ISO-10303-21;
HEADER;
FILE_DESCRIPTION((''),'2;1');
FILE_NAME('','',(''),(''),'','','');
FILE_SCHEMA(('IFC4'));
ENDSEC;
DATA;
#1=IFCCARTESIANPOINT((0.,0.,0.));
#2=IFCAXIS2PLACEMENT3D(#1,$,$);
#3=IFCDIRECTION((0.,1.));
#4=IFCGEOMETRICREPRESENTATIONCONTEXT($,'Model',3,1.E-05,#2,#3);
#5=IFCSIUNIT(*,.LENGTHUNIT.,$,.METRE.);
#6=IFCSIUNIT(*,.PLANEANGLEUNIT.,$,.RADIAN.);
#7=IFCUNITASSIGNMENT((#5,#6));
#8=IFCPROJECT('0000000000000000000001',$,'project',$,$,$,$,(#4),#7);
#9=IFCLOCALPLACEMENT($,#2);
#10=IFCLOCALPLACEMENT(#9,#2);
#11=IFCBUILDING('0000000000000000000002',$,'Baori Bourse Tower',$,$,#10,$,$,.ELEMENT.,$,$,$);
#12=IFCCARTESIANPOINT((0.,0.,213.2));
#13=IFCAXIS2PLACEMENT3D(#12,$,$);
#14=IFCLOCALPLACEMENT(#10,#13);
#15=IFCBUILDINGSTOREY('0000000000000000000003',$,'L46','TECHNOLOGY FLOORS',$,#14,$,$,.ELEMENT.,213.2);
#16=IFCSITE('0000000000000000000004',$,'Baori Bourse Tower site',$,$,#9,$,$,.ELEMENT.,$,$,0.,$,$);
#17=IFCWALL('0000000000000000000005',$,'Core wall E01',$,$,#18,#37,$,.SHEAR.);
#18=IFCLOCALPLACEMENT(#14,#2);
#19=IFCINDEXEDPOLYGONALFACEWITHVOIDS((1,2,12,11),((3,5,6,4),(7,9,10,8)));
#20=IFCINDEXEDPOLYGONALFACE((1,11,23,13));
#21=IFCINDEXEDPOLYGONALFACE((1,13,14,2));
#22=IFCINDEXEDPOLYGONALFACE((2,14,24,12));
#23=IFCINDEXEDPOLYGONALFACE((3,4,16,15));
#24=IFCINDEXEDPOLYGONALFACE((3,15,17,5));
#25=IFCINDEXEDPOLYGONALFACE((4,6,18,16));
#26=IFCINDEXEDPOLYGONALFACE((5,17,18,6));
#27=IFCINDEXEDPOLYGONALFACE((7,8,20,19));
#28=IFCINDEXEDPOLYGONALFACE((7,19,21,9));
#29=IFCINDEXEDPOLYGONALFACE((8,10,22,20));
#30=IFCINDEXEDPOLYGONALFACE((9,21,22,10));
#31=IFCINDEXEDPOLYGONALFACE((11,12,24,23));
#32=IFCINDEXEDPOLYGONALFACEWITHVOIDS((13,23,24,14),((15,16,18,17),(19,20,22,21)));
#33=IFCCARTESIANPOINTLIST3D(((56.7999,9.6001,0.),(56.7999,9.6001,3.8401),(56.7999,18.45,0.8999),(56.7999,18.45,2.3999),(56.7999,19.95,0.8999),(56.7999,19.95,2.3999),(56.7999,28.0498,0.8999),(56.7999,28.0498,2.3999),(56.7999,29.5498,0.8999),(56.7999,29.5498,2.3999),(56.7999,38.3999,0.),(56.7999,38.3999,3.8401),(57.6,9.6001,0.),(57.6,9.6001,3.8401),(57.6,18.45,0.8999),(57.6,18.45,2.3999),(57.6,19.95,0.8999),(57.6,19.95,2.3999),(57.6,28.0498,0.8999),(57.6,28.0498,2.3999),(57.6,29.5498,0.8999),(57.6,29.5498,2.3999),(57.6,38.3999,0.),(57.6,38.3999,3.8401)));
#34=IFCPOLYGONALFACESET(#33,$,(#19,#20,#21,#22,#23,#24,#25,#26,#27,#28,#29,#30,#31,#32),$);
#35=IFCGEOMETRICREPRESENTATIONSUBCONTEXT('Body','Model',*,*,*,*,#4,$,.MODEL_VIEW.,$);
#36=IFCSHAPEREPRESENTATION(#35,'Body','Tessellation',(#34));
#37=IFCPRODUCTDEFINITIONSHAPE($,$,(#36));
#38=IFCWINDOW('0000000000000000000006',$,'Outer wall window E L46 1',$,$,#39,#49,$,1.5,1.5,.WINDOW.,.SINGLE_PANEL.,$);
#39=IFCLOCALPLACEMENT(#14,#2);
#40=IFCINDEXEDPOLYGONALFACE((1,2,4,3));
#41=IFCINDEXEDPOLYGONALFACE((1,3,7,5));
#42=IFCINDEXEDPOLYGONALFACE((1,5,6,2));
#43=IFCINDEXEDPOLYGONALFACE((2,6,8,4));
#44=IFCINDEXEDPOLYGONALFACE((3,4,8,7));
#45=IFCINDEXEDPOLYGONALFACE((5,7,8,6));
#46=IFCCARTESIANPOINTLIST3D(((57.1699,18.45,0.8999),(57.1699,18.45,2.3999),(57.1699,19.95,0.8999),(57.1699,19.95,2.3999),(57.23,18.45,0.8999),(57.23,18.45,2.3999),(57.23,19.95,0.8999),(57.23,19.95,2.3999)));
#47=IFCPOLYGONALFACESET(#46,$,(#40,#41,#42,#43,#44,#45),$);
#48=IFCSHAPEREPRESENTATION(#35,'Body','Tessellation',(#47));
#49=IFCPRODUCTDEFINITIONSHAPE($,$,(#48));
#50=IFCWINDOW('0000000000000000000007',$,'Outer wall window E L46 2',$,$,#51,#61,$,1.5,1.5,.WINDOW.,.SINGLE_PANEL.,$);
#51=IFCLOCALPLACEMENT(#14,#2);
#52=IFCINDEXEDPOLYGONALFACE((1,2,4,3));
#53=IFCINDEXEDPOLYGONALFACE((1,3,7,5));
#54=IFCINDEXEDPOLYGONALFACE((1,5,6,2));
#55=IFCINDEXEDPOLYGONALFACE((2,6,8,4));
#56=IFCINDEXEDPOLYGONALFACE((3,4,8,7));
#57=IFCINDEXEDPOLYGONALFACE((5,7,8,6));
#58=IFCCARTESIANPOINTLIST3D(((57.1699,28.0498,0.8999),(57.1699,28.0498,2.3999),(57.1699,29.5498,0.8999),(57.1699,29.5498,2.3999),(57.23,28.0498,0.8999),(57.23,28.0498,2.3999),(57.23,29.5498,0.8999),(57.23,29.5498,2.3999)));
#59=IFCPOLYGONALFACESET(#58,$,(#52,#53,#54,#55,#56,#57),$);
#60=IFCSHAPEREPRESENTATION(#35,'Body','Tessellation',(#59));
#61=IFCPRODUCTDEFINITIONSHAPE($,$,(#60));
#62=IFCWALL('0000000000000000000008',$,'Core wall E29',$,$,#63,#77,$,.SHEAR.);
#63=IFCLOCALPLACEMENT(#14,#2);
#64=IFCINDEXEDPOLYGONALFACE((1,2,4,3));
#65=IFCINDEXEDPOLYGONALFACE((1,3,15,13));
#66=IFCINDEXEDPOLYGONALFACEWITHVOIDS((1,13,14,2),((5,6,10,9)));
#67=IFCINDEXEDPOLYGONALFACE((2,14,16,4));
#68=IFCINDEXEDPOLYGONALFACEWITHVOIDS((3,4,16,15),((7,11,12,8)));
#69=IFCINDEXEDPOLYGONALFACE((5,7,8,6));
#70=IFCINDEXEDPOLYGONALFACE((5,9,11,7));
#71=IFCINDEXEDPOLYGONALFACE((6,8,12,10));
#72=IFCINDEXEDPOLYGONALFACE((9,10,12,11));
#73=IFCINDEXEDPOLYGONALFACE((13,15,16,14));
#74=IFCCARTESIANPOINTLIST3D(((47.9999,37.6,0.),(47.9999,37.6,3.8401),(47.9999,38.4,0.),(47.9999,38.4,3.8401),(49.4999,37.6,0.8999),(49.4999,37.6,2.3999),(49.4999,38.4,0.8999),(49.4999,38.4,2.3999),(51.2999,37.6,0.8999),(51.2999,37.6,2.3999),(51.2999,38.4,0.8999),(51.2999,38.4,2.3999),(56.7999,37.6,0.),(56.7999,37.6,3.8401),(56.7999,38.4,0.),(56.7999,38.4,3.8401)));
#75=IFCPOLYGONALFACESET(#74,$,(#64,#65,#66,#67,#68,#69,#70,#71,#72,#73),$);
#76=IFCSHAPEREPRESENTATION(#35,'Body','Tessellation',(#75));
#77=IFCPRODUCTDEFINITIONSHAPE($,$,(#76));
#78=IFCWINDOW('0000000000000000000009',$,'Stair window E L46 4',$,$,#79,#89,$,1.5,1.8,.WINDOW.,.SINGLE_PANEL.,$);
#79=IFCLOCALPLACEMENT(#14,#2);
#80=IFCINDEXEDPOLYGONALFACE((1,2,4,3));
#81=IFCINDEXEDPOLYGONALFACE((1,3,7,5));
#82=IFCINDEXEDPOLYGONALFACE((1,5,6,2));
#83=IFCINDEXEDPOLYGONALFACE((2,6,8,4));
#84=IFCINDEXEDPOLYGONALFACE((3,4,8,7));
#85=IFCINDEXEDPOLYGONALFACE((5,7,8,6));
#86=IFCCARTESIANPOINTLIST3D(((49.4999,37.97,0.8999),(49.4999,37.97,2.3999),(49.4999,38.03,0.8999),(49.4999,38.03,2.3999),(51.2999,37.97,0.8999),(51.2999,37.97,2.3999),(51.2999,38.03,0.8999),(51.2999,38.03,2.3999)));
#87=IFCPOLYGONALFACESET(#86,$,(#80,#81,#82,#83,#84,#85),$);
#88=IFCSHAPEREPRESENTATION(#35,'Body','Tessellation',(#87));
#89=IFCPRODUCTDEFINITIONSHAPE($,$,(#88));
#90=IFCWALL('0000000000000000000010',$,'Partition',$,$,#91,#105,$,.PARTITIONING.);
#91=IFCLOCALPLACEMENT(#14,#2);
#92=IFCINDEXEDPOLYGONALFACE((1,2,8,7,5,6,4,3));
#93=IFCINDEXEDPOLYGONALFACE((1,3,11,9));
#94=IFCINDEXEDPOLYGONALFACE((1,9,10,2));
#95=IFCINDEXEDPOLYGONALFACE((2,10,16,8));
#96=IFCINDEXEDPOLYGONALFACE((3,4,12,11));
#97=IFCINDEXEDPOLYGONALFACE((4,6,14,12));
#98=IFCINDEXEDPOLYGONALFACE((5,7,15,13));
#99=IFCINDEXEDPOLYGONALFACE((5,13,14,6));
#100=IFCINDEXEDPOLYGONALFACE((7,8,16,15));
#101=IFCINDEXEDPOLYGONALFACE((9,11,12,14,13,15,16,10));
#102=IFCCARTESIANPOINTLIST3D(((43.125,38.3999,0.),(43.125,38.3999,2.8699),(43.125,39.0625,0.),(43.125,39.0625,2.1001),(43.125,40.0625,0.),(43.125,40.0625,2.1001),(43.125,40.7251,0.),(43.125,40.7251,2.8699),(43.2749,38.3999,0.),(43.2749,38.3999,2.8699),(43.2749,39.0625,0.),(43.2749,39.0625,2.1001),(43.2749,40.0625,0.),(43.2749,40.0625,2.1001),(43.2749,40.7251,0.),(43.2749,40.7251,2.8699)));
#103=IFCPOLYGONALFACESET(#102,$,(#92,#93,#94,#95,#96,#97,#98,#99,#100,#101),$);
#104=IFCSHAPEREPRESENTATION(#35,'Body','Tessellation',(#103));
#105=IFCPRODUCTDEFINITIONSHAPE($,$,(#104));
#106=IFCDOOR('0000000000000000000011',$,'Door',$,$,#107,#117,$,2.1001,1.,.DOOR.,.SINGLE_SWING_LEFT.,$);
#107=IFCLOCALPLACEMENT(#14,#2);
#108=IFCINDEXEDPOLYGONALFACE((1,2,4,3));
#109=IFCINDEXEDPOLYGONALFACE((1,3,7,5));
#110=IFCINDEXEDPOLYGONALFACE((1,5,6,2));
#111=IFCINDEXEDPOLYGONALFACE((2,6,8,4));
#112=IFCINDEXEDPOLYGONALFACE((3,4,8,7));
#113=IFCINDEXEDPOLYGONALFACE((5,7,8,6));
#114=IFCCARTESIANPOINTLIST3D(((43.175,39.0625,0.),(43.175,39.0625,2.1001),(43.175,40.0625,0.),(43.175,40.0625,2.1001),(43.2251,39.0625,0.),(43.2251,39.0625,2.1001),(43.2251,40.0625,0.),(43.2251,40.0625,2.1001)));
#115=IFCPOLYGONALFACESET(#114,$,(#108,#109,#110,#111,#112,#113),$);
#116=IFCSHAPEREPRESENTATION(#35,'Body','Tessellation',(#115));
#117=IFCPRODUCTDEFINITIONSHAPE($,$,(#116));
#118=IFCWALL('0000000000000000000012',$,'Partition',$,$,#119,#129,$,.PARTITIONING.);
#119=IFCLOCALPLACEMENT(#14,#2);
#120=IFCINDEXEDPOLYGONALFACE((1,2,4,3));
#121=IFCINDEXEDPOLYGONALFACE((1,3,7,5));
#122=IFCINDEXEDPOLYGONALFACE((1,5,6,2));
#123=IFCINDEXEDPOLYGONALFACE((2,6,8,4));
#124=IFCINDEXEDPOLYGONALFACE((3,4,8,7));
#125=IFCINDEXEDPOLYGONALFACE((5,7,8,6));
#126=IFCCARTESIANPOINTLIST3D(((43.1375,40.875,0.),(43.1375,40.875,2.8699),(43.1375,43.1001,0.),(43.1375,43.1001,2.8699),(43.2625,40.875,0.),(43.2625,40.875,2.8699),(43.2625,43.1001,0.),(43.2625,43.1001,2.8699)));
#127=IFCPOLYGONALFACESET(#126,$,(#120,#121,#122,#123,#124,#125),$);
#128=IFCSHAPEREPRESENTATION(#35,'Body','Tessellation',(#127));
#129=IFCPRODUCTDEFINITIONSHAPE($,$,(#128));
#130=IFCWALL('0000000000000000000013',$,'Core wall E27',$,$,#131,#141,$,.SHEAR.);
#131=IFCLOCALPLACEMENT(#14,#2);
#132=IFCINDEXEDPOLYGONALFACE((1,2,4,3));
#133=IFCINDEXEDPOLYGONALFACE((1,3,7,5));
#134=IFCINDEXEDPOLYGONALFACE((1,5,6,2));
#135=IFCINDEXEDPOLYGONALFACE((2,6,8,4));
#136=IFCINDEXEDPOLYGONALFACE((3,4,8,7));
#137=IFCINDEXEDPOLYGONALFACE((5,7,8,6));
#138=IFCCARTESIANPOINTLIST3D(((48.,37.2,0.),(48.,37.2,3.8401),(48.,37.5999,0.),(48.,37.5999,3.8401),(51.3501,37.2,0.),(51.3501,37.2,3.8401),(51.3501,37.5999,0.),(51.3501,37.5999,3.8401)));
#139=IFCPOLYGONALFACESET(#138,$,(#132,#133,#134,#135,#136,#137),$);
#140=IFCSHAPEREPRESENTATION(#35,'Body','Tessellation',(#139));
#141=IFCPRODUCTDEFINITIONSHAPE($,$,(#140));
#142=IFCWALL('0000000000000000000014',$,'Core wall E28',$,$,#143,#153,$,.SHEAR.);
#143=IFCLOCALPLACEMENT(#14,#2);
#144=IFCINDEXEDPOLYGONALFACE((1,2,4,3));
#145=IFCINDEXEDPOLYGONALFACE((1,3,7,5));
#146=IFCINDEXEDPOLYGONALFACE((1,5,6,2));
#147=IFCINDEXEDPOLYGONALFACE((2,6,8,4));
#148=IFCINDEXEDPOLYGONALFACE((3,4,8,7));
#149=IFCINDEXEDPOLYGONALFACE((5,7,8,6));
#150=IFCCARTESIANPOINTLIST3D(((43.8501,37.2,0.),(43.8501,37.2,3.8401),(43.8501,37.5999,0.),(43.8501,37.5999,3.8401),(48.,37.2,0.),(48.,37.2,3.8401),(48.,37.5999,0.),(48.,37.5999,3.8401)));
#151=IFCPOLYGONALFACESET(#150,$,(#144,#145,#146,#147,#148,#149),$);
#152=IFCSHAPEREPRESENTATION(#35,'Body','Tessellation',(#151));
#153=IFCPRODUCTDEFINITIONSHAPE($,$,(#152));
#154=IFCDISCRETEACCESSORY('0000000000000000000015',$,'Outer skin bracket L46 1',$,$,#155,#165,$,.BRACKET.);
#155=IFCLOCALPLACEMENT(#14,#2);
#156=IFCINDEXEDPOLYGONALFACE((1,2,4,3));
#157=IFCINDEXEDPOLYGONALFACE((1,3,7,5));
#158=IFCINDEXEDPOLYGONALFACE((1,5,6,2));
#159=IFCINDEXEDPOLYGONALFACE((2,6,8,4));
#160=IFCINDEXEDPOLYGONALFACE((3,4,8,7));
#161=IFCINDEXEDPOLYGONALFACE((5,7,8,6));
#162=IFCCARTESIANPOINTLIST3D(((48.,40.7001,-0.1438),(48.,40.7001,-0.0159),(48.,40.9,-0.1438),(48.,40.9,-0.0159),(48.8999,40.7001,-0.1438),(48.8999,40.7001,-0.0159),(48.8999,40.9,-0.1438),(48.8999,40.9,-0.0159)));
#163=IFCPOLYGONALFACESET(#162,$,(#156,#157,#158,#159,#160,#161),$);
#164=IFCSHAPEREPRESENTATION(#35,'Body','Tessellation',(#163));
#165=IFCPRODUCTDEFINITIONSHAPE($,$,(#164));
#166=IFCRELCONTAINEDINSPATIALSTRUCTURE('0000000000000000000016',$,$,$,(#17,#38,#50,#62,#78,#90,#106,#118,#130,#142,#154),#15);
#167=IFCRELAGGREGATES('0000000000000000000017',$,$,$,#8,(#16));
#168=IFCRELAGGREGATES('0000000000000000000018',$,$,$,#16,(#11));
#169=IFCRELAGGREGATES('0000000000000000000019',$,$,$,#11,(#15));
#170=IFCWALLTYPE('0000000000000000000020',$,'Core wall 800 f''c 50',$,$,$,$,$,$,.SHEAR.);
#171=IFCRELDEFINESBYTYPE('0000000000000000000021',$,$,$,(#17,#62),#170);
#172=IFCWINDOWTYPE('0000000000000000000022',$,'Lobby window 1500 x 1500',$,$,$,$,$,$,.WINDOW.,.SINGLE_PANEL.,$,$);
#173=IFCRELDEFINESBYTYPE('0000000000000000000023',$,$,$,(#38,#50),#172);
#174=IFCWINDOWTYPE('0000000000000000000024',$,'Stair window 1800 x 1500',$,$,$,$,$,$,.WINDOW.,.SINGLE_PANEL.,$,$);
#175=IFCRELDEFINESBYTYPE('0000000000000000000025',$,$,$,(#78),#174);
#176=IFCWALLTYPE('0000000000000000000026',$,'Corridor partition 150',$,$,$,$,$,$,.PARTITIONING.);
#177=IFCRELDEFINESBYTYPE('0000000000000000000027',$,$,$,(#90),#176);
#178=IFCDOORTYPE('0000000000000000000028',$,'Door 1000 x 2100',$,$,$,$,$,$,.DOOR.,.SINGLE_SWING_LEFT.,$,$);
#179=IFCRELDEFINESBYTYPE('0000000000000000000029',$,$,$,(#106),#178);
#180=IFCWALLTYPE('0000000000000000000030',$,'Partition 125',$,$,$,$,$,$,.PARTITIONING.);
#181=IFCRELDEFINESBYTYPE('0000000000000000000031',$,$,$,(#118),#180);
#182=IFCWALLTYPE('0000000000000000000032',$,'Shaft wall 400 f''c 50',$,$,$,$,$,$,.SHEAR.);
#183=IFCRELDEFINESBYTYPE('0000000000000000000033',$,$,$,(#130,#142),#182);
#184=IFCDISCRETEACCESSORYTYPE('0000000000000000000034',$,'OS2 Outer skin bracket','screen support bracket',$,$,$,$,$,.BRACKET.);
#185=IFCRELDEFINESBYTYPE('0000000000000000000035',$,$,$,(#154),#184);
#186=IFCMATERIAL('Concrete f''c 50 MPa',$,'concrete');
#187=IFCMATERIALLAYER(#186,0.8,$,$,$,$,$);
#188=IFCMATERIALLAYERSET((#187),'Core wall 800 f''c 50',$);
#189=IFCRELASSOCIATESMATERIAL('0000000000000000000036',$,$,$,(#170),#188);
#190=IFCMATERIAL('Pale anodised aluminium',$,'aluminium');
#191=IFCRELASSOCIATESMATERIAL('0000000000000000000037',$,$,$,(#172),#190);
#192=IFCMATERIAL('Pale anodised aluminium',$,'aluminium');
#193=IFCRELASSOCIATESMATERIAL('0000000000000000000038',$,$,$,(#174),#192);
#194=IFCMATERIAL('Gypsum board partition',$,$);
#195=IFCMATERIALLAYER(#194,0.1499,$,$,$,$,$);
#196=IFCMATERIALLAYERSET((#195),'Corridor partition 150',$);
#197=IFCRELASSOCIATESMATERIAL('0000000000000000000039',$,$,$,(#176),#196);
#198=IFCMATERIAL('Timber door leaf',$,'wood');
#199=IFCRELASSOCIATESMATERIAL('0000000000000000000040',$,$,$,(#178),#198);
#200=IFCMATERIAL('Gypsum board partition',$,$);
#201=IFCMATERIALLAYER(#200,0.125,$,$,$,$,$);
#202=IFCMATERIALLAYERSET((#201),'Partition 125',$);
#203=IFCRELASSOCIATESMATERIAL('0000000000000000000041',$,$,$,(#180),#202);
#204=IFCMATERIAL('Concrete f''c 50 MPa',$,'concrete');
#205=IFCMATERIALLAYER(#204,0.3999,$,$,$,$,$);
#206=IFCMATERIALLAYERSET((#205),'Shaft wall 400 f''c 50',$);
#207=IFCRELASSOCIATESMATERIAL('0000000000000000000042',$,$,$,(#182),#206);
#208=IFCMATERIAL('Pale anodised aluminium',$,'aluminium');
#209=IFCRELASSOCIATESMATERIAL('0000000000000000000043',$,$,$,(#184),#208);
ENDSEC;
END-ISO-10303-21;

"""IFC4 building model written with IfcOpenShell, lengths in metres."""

from ifc_helpers import new_model, si_unit, direction, frame, frame_2d, origin, origin_2d, place, context, subcontext, project, spatial, rectangle, extrude, material, layer, layer_set, type_object, element, fill, save


model = new_model("IFC4")

# Units and contexts
model_context = context("Model", 3, precision=1e-05, world=origin(), true_north=direction((0.0, 1.0)))
body_context = subcontext(model_context, "Body", "Model", "MODEL_VIEW")
ifc_project = project(units=[si_unit("LENGTHUNIT", "METRE"), si_unit("PLANEANGLEUNIT", "RADIAN")], contexts=[model_context])

# Site, building, storey
site_placement = place(None, origin())
site = spatial("IfcSite", under=ifc_project, at=site_placement, Name="Baori Bourse Tower site", CompositionType="ELEMENT", RefElevation=0.0)
building_placement = place(site_placement, origin())
building = spatial("IfcBuilding", under=site, at=building_placement, Name="Baori Bourse Tower", CompositionType="ELEMENT")
storey_placement = place(building_placement, frame((0.0, 0.0, 213.2)))
storey = spatial("IfcBuildingStorey", under=building, at=storey_placement, Name="L46", Description="TECHNOLOGY FLOORS", CompositionType="ELEMENT", Elevation=213.2)

# Wall, openings, windows
ifc_material_1 = material(Name="Concrete f'c 50 MPa", Category="concrete")
ifc_layer_1 = layer(ifc_material_1, 0.8)
ifc_layer_set_1 = layer_set([ifc_layer_1], Name="Core wall 800 f'c 50")
wall_type_1 = type_object("IfcWallType", Name="Core wall 800 f'c 50", PredefinedType="SHEAR", material=ifc_layer_set_1)
wall_1_placement = place(storey_placement, frame((57.2, 38.3999, 0.0), z_axis=(0.0, 0.0, 1.0), x_axis=(0.0, -1.0, 0.0)))
wall_1 = element("IfcWall", 1, at=wall_1_placement, inside=storey, type_object=wall_type_1, Name="Core wall E01", PredefinedType="SHEAR", context=body_context, shape_type="SweptSolid", body=[
    extrude(rectangle(XDim=28.7998, YDim=0.8, at=frame_2d((14.3999, 0.0))), origin(), (0.0, 0.0, 1.0), 3.8401),
])
opening_1_placement = place(wall_1_placement, frame((18.45, 0.0, 0.8999)))
opening_1 = element("IfcOpeningElement", 2, at=opening_1_placement, cuts=wall_1, PredefinedType="OPENING", context=body_context, shape_type="SweptSolid", body=[
    extrude(rectangle(XDim=1.5, YDim=1.5, at=frame_2d((0.75, 0.75))), frame((0.0, 0.4099, 0.0), z_axis=(0.0, -1.0, 0.0), x_axis=(1.0, 0.0, 0.0)), (0.0, 0.0, 1.0), 0.8201),
])
opening_2_placement = place(wall_1_placement, frame((8.8501, 0.0, 0.8999)))
opening_2 = element("IfcOpeningElement", 3, at=opening_2_placement, cuts=wall_1, PredefinedType="OPENING", context=body_context, shape_type="SweptSolid", body=[
    extrude(rectangle(XDim=1.5, YDim=1.5, at=frame_2d((0.75, 0.75))), frame((0.0, 0.4099, 0.0), z_axis=(0.0, -1.0, 0.0), x_axis=(1.0, 0.0, 0.0)), (0.0, 0.0, 1.0), 0.8201),
])
ifc_material_2 = material(Name="Pale anodised aluminium", Category="aluminium")
window_type_1 = type_object("IfcWindowType", Name="Lobby window 1500 x 1500", PartitioningType="SINGLE_PANEL", PredefinedType="WINDOW", material=ifc_material_2)
window_1_placement = place(opening_1_placement, origin())
window_1 = element("IfcWindow", 4, at=window_1_placement, inside=storey, type_object=window_type_1, Name="Outer wall window E L46 1", OverallHeight=1.5, OverallWidth=1.5, PartitioningType="SINGLE_PANEL", PredefinedType="WINDOW", context=body_context, shape_type="SweptSolid", body=[
    extrude(rectangle(XDim=1.5, YDim=1.5, at=frame_2d((0.75, 0.75))), frame((0.0, 0.03, 0.0), z_axis=(0.0, -1.0, 0.0), x_axis=(1.0, 0.0, 0.0)), (0.0, 0.0, 1.0), 0.0601),
])
fill(opening_1, window_1)
window_2_placement = place(opening_2_placement, origin())
window_2 = element("IfcWindow", 5, at=window_2_placement, inside=storey, type_object=window_type_1, Name="Outer wall window E L46 2", OverallHeight=1.5, OverallWidth=1.5, PartitioningType="SINGLE_PANEL", PredefinedType="WINDOW", context=body_context, shape_type="SweptSolid", body=[
    extrude(rectangle(XDim=1.5, YDim=1.5, at=frame_2d((0.75, 0.75))), frame((0.0, 0.03, 0.0), z_axis=(0.0, -1.0, 0.0), x_axis=(1.0, 0.0, 0.0)), (0.0, 0.0, 1.0), 0.0601),
])
fill(opening_2, window_2)

# Wall, opening, window
wall_2_placement = place(storey_placement, frame((48.0, 38.0, 0.0), z_axis=(0.0, 0.0, 1.0), x_axis=(1.0, 0.0, 0.0)))
wall_2 = element("IfcWall", 6, at=wall_2_placement, inside=storey, type_object=wall_type_1, Name="Core wall E29", PredefinedType="SHEAR", context=body_context, shape_type="SweptSolid", body=[
    extrude(rectangle(XDim=8.8, YDim=0.8, at=frame_2d((4.3999, 0.0))), origin(), (0.0, 0.0, 1.0), 3.8401),
])
opening_3_placement = place(wall_2_placement, frame((1.5, 0.0, 0.8999)))
opening_3 = element("IfcOpeningElement", 7, at=opening_3_placement, cuts=wall_2, PredefinedType="OPENING", context=body_context, shape_type="SweptSolid", body=[
    extrude(rectangle(XDim=1.8, YDim=1.5, at=frame_2d((0.8999, 0.75))), frame((0.0, 0.4099, 0.0), z_axis=(0.0, -1.0, 0.0), x_axis=(1.0, 0.0, 0.0)), (0.0, 0.0, 1.0), 0.8201),
])
ifc_material_3 = material(Name="Pale anodised aluminium", Category="aluminium")
window_type_2 = type_object("IfcWindowType", Name="Stair window 1800 x 1500", PartitioningType="SINGLE_PANEL", PredefinedType="WINDOW", material=ifc_material_3)
window_3_placement = place(opening_3_placement, origin())
window_3 = element("IfcWindow", 8, at=window_3_placement, inside=storey, type_object=window_type_2, Name="Stair window E L46 4", OverallHeight=1.5, OverallWidth=1.8, PartitioningType="SINGLE_PANEL", PredefinedType="WINDOW", context=body_context, shape_type="SweptSolid", body=[
    extrude(rectangle(XDim=1.8, YDim=1.5, at=frame_2d((0.8999, 0.75))), frame((0.0, 0.03, 0.0), z_axis=(0.0, -1.0, 0.0), x_axis=(1.0, 0.0, 0.0)), (0.0, 0.0, 1.0), 0.0601),
])
fill(opening_3, window_3)

# Wall, opening, door
ifc_material_4 = material(Name="Gypsum board partition")
ifc_layer_2 = layer(ifc_material_4, 0.1499)
ifc_layer_set_2 = layer_set([ifc_layer_2], Name="Corridor partition 150")
wall_type_2 = type_object("IfcWallType", Name="Corridor partition 150", PredefinedType="PARTITIONING", material=ifc_layer_set_2)
wall_3_placement = place(storey_placement, frame((43.2, 38.3999, 0.0), z_axis=(0.0, 0.0, 1.0), x_axis=(0.0, 1.0, 0.0)))
wall_3 = element("IfcWall", 9, at=wall_3_placement, inside=storey, type_object=wall_type_2, Name="Partition", PredefinedType="PARTITIONING", context=body_context, shape_type="SweptSolid", body=[
    extrude(rectangle(XDim=2.3252, YDim=0.1499, at=frame_2d((1.1626, 0.0))), origin(), (0.0, 0.0, 1.0), 2.8699),
])
opening_4_placement = place(wall_3_placement, frame((0.6626, 0.0, 0.0)))
opening_4 = element("IfcOpeningElement", 10, at=opening_4_placement, cuts=wall_3, PredefinedType="OPENING", context=body_context, shape_type="SweptSolid", body=[
    extrude(rectangle(XDim=1.0, YDim=2.1001, at=frame_2d((0.5, 1.05))), frame((0.0, 0.085, 0.0), z_axis=(0.0, -1.0, 0.0), x_axis=(1.0, 0.0, 0.0)), (0.0, 0.0, 1.0), 0.1699),
])
ifc_material_5 = material(Name="Timber door leaf", Category="wood")
door_type = type_object("IfcDoorType", Name="Door 1000 x 2100", OperationType="SINGLE_SWING_LEFT", PredefinedType="DOOR", material=ifc_material_5)
door_placement = place(opening_4_placement, origin())
door = element("IfcDoor", 11, at=door_placement, inside=storey, type_object=door_type, Name="Door", OperationType="SINGLE_SWING_LEFT", OverallHeight=2.1001, OverallWidth=1.0, PredefinedType="DOOR", context=body_context, shape_type="SweptSolid", body=[
    extrude(rectangle(XDim=1.0, YDim=2.1001, at=frame_2d((0.5, 1.05))), frame((0.0, 0.0249, 0.0), z_axis=(0.0, -1.0, 0.0), x_axis=(1.0, 0.0, 0.0)), (0.0, 0.0, 1.0), 0.05),
])
fill(opening_4, door)

# Walls
ifc_material_6 = material(Name="Gypsum board partition")
ifc_layer_3 = layer(ifc_material_6, 0.125)
ifc_layer_set_3 = layer_set([ifc_layer_3], Name="Partition 125")
wall_type_3 = type_object("IfcWallType", Name="Partition 125", PredefinedType="PARTITIONING", material=ifc_layer_set_3)
wall_4_placement = place(storey_placement, frame((43.2, 40.875, 0.0), z_axis=(0.0, 0.0, 1.0), x_axis=(0.0, 1.0, 0.0)))
element("IfcWall", 12, at=wall_4_placement, inside=storey, type_object=wall_type_3, Name="Partition", PredefinedType="PARTITIONING", context=body_context, shape_type="SweptSolid", body=[
    extrude(rectangle(XDim=2.2251, YDim=0.125, at=frame_2d((1.1125, 0.0))), origin(), (0.0, 0.0, 1.0), 2.8699),
])
ifc_material_7 = material(Name="Concrete f'c 50 MPa", Category="concrete")
ifc_layer_4 = layer(ifc_material_7, 0.3999)
ifc_layer_set_4 = layer_set([ifc_layer_4], Name="Shaft wall 400 f'c 50")
wall_type_4 = type_object("IfcWallType", Name="Shaft wall 400 f'c 50", PredefinedType="SHEAR", material=ifc_layer_set_4)
wall_5_placement = place(storey_placement, frame((48.0, 37.3999, 0.0), z_axis=(0.0, 0.0, 1.0), x_axis=(1.0, 0.0, 0.0)))
element("IfcWall", 13, at=wall_5_placement, inside=storey, type_object=wall_type_4, Name="Core wall E27", PredefinedType="SHEAR", context=body_context, shape_type="SweptSolid", body=[
    extrude(rectangle(XDim=3.3501, YDim=0.3999, at=frame_2d((1.675, 0.0))), origin(), (0.0, 0.0, 1.0), 3.8401),
])
wall_6_placement = place(storey_placement, frame((43.8501, 37.3999, 0.0), z_axis=(0.0, 0.0, 1.0), x_axis=(1.0, 0.0, 0.0)))
element("IfcWall", 14, at=wall_6_placement, inside=storey, type_object=wall_type_4, Name="Core wall E28", PredefinedType="SHEAR", context=body_context, shape_type="SweptSolid", body=[
    extrude(rectangle(XDim=4.1499, YDim=0.3999, at=frame_2d((2.075, 0.0))), origin(), (0.0, 0.0, 1.0), 3.8401),
])

# Discrete accessory
ifc_material_8 = material(Name="Pale anodised aluminium", Category="aluminium")
discrete_accessory_type = type_object("IfcDiscreteAccessoryType", Name="OS2 Outer skin bracket", Description="screen support bracket", PredefinedType="BRACKET", material=ifc_material_8)
for number, where, z_axis, x_axis, name in (
    (15, (48.45, 40.8, -0.1438), (0.0, 0.0, 1.0), (0.0, 1.0, 0.0), "Outer skin bracket L46 1"),
):
    element("IfcDiscreteAccessory", number, at=place(storey_placement, frame(where, z_axis=z_axis, x_axis=x_axis)), inside=storey, type_object=discrete_accessory_type, Name=name, PredefinedType="BRACKET", context=body_context, shape_type="SweptSolid", body=[
        extrude(rectangle(XDim=0.2, YDim=0.8999, at=origin_2d()), origin(), (0.0, 0.0, 1.0), 0.1279),
    ])

save(model, "model.ifc")
